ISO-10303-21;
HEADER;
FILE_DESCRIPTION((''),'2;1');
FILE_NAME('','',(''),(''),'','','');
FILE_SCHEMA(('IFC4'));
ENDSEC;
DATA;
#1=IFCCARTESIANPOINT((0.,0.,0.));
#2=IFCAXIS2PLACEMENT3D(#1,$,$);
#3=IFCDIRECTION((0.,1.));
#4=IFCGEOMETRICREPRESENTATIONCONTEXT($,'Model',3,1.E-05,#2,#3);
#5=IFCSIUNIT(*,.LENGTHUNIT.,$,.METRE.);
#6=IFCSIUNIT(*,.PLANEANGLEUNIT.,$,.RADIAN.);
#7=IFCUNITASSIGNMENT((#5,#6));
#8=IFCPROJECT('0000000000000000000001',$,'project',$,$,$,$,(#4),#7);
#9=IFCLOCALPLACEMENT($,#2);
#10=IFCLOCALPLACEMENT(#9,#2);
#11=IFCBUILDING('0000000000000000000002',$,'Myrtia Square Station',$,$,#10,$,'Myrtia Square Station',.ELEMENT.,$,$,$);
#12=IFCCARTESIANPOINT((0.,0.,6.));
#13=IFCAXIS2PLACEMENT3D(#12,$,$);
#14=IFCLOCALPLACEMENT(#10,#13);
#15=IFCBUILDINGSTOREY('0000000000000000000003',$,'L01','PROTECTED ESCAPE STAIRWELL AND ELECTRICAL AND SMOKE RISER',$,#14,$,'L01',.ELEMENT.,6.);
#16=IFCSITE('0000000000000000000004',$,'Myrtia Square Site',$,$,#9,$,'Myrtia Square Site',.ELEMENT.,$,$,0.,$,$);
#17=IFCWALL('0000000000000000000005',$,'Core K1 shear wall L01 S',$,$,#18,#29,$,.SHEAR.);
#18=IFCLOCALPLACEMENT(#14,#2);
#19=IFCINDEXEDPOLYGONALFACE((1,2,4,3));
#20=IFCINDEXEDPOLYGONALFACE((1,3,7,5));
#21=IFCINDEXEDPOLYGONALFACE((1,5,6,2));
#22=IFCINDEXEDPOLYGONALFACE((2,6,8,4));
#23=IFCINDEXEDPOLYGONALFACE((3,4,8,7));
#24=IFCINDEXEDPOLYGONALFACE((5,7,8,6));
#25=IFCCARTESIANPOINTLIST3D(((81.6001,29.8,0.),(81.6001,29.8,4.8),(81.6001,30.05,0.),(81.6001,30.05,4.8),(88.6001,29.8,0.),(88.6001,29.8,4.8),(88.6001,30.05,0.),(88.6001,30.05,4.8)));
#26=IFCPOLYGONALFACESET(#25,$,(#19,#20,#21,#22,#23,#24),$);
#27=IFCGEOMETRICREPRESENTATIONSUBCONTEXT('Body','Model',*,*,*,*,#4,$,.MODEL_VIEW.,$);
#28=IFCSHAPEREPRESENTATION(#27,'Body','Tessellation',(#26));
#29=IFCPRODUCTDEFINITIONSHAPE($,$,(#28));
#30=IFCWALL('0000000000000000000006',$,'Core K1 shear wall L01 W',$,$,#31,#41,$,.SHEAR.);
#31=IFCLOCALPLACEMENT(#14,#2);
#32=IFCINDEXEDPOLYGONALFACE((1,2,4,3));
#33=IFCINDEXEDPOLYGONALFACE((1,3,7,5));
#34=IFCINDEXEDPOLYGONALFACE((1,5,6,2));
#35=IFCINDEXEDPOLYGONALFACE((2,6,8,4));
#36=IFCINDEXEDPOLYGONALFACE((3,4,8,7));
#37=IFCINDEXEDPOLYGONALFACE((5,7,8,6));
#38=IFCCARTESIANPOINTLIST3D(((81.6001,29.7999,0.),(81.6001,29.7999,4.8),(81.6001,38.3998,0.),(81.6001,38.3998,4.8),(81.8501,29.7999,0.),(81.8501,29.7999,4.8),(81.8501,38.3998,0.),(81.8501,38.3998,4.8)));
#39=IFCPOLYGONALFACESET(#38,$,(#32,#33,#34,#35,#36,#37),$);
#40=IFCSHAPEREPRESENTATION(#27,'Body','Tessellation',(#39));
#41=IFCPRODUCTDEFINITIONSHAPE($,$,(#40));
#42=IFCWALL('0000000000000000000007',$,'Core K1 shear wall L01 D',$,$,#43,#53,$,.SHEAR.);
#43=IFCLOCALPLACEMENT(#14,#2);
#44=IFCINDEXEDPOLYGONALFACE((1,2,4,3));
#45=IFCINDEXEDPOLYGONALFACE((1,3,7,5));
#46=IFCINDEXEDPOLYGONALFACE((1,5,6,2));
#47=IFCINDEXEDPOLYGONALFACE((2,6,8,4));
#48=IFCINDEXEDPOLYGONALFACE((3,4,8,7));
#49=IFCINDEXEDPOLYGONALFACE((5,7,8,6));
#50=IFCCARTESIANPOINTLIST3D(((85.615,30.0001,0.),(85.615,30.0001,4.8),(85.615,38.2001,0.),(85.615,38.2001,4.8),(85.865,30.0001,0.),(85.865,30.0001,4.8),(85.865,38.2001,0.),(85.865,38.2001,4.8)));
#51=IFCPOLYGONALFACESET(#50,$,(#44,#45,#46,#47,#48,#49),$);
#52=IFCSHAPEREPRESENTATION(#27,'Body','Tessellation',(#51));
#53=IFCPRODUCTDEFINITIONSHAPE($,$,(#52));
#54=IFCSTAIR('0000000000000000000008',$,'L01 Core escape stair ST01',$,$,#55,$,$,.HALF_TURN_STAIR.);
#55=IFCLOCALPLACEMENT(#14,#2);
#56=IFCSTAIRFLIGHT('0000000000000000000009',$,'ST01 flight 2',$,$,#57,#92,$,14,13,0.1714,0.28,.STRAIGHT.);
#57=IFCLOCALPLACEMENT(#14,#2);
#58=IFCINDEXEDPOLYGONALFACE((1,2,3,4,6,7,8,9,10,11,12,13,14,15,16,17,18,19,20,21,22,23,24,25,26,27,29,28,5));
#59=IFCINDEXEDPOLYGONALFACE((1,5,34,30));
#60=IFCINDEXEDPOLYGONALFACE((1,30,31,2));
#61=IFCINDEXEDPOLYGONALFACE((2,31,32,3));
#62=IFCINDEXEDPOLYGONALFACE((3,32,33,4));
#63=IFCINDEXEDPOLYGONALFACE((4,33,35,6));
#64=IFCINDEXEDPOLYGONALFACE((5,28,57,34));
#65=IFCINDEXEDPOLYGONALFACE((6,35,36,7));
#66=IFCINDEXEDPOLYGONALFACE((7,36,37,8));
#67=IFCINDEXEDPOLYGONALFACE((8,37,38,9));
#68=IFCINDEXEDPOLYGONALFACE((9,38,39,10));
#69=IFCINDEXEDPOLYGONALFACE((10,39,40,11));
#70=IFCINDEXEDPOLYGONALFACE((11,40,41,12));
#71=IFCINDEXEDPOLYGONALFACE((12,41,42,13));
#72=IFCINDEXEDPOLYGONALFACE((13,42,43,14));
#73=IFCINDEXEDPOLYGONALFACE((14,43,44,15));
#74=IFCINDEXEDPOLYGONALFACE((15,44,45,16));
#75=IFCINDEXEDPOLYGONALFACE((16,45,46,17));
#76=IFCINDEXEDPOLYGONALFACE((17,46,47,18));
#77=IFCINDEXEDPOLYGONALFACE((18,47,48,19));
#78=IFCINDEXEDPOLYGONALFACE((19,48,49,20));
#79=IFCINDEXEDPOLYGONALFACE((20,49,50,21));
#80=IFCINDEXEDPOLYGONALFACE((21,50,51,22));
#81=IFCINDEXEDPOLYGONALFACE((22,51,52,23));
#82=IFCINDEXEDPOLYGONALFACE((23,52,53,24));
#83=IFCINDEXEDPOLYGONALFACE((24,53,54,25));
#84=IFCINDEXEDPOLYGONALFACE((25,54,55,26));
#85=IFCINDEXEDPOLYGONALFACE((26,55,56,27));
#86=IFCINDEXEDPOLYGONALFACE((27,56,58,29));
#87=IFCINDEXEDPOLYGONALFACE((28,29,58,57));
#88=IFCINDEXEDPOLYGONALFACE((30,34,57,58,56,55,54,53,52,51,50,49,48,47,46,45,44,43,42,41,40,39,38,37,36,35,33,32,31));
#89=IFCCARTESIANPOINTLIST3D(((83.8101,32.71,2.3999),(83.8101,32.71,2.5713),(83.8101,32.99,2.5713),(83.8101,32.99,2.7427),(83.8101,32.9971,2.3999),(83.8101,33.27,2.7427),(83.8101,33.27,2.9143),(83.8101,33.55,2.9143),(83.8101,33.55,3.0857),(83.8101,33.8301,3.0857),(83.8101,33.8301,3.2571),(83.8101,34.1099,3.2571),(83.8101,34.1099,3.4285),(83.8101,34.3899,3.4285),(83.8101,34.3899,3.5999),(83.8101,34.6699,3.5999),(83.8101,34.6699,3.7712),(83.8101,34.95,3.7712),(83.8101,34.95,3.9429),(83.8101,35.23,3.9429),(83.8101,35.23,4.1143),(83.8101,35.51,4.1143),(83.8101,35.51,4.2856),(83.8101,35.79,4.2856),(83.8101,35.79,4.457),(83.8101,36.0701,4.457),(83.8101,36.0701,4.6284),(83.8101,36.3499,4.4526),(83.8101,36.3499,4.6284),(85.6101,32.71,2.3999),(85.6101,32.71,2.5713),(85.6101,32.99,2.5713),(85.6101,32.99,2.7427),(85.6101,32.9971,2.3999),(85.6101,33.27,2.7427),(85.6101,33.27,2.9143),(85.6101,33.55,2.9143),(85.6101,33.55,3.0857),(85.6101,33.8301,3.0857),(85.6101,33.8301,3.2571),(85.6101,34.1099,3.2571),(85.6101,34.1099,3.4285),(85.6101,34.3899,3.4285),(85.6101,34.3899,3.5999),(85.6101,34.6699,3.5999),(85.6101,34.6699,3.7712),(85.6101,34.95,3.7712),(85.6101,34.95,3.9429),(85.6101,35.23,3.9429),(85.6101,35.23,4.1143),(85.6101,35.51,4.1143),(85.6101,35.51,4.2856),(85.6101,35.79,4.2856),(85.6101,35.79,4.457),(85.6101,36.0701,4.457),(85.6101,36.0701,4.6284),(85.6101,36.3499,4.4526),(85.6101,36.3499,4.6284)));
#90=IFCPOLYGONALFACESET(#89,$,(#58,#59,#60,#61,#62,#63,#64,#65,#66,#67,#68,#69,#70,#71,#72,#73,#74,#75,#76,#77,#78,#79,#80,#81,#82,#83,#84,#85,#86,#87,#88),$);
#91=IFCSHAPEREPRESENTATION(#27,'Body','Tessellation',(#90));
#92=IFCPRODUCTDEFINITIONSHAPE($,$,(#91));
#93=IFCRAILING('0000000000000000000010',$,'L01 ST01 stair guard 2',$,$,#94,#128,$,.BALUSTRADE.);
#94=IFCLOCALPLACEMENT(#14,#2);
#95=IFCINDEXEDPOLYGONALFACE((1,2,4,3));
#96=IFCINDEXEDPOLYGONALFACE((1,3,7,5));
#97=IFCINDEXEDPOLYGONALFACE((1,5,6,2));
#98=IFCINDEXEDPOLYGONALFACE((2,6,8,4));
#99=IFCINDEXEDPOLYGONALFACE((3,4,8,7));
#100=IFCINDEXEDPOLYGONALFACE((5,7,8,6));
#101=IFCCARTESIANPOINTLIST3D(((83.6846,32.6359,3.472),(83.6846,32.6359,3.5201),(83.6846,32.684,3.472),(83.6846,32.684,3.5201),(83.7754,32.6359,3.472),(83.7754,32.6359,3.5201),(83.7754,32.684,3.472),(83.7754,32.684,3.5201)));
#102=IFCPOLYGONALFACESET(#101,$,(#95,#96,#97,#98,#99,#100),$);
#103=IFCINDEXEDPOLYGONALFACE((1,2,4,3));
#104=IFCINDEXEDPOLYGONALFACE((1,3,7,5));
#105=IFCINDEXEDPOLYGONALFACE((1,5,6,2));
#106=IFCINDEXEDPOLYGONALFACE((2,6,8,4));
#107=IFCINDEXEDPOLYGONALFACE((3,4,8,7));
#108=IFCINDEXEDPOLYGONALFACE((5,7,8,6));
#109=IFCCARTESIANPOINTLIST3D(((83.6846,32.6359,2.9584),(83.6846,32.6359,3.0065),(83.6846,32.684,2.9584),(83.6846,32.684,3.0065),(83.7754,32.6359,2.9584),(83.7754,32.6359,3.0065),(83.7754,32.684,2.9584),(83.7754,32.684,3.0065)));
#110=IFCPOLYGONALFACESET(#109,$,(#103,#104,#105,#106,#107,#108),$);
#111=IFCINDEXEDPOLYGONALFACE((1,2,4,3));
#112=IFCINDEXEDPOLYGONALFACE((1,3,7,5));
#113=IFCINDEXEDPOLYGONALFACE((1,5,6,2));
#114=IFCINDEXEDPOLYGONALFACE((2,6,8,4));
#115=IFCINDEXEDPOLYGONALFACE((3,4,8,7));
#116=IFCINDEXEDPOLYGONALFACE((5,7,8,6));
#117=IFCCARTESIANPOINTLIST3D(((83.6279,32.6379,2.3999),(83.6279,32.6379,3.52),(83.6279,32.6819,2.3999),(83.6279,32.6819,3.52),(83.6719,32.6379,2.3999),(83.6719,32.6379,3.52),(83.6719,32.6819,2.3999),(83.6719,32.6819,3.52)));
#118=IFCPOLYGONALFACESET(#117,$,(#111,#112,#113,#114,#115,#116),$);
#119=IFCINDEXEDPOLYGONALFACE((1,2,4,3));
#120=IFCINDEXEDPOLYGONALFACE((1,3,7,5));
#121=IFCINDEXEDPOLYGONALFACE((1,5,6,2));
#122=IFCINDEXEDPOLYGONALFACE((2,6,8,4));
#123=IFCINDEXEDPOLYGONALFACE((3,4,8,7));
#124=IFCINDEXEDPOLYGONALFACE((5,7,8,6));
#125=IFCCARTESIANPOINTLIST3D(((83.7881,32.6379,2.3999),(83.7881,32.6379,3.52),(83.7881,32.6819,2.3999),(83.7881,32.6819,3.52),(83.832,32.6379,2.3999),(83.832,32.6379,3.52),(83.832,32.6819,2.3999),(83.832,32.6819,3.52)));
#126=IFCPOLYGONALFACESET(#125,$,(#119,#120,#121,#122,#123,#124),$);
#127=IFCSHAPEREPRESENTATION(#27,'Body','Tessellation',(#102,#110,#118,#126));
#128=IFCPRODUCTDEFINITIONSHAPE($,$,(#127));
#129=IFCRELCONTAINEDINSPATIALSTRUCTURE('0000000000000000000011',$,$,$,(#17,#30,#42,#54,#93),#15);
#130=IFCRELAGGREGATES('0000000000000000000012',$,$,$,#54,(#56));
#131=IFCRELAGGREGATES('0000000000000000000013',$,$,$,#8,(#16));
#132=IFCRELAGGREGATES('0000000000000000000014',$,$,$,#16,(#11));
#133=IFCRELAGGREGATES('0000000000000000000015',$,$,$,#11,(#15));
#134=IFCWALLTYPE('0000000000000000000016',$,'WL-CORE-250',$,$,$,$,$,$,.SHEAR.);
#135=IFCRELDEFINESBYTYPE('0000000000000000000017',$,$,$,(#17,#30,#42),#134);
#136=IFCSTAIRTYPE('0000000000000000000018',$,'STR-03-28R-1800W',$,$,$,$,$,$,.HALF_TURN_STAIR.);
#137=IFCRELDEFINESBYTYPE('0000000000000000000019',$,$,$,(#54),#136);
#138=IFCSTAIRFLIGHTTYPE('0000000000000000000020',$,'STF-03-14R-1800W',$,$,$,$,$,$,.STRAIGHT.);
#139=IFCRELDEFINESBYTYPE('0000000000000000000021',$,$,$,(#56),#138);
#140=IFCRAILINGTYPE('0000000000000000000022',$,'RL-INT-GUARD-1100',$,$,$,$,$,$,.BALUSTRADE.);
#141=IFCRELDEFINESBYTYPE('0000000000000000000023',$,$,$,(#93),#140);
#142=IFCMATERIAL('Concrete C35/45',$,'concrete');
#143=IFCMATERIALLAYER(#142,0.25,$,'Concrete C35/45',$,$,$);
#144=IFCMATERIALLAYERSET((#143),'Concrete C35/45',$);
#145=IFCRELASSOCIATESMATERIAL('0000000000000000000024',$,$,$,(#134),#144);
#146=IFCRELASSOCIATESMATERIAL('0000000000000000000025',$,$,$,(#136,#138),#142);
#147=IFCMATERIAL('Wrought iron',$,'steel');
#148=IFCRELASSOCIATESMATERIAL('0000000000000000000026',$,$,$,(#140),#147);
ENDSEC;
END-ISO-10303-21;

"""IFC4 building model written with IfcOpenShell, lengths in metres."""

from ifc_helpers import new_model, si_unit, direction, frame, frame_2d, origin, origin_2d, place, context, subcontext, project, spatial, polyline, rectangle, outline, extrude, material, layer, layer_set, type_object, element, aggregate, save


model = new_model("IFC4")

# Units and contexts
model_context = context("Model", 3, precision=1e-05, world=origin(), true_north=direction((0.0, 1.0)))
body_context = subcontext(model_context, "Body", "Model", "MODEL_VIEW")
ifc_project = project(units=[si_unit("LENGTHUNIT", "METRE"), si_unit("PLANEANGLEUNIT", "RADIAN")], contexts=[model_context])

# Site, building, storey
site_placement = place(None, origin())
site = spatial("IfcSite", under=ifc_project, at=site_placement, Name="Myrtia Square Site", LongName="Myrtia Square Site", CompositionType="ELEMENT", RefElevation=0.0)
building_placement = place(site_placement, origin())
building = spatial("IfcBuilding", under=site, at=building_placement, Name="Myrtia Square Station", LongName="Myrtia Square Station", CompositionType="ELEMENT")
storey_placement = place(building_placement, frame((0.0, 0.0, 6.0)))
storey = spatial("IfcBuildingStorey", under=building, at=storey_placement, Name="L01", Description="PROTECTED ESCAPE STAIRWELL AND ELECTRICAL AND SMOKE RISER", LongName="L01", CompositionType="ELEMENT", Elevation=6.0)

# Walls
ifc_material_1 = material(Name="Concrete C35/45", Category="concrete")
ifc_layer_1 = layer(ifc_material_1, 0.25, Name="Concrete C35/45")
ifc_layer_set_1 = layer_set([ifc_layer_1], Name="Concrete C35/45")
wall_type = type_object("IfcWallType", Name="WL-CORE-250", PredefinedType="SHEAR", material=ifc_layer_set_1)
wall_1_placement = place(storey_placement, frame((81.6001, 29.925, 0.0), z_axis=(0.0, 0.0, 1.0), x_axis=(1.0, 0.0, 0.0)))
element("IfcWall", 1, at=wall_1_placement, inside=storey, type_object=wall_type, Name="Core K1 shear wall L01 S", PredefinedType="SHEAR", context=body_context, shape_type="SweptSolid", body=[
    extrude(rectangle(XDim=7.0, YDim=0.25, at=frame_2d((3.5, 0.0))), origin(), (0.0, 0.0, 1.0), 4.8),
])
wall_2_placement = place(storey_placement, frame((81.7251, 29.8, 0.0), z_axis=(0.0, 0.0, 1.0), x_axis=(0.0, 1.0, 0.0)))
element("IfcWall", 2, at=wall_2_placement, inside=storey, type_object=wall_type, Name="Core K1 shear wall L01 W", PredefinedType="SHEAR", context=body_context, shape_type="SweptSolid", body=[
    extrude(rectangle(XDim=8.5999, YDim=0.25, at=frame_2d((4.2998, 0.0))), origin(), (0.0, 0.0, 1.0), 4.8),
])
wall_3_placement = place(storey_placement, frame((85.74, 30.0, 0.0), z_axis=(0.0, 0.0, 1.0), x_axis=(0.0, 1.0, 0.0)))
element("IfcWall", 3, at=wall_3_placement, inside=storey, type_object=wall_type, Name="Core K1 shear wall L01 D", PredefinedType="SHEAR", context=body_context, shape_type="SweptSolid", body=[
    extrude(rectangle(XDim=8.2, YDim=0.25, at=frame_2d((4.1001, 0.0))), origin(), (0.0, 0.0, 1.0), 4.8),
])

# Stair, stair flight
stair_type = type_object("IfcStairType", Name="STR-03-28R-1800W", PredefinedType="HALF_TURN_STAIR", material=ifc_material_1)
stair_placement = place(storey_placement, origin())
stair = element("IfcStair", 4, at=stair_placement, inside=storey, type_object=stair_type, Name="L01 Core escape stair ST01", PredefinedType="HALF_TURN_STAIR")
stair_flight_type = type_object("IfcStairFlightType", Name="STF-03-14R-1800W", PredefinedType="STRAIGHT", material=ifc_material_1)
stair_flight_placement = place(storey_placement, frame((84.71, 32.71, 2.3999), z_axis=(0.0, 0.0, 1.0), x_axis=(0.0, 1.0, 0.0)))
stair_flight = element("IfcStairFlight", 5, at=stair_flight_placement, type_object=stair_flight_type, Name="ST01 flight 2", NumberOfRisers=14, NumberOfTreads=13, PredefinedType="STRAIGHT", RiserHeight=0.1714, TreadLength=0.28, context=body_context, shape_type="SweptSolid", body=[
    extrude(outline(polyline([(0.0, 0.0), (0.0, 0.1714), (0.28, 0.1714), (0.28, 0.3428), (0.5601, 0.3428), (0.5601, 0.5144), (0.8401, 0.5144), (0.8401, 0.6858), (1.1201, 0.6858), (1.1201, 0.8572), (1.3999, 0.8572), (1.3999, 1.0286), (1.6799, 1.0286), (1.6799, 1.2), (1.96, 1.2), (1.96, 1.3713), (2.24, 1.3713), (2.24, 1.543), (2.52, 1.543), (2.52, 1.7144), (2.8, 1.7144), (2.8, 1.8857), (3.0801, 1.8857), (3.0801, 2.0571), (3.3601, 2.0571), (3.3601, 2.2285), (3.6399, 2.2285), (3.6399, 2.3999), (3.6399, 2.0527), (0.2871, 0.0), (0.0, 0.0)])), frame((0.0, 0.8999, 0.0), z_axis=(0.0, -1.0, 0.0), x_axis=(1.0, 0.0, 0.0)), (0.0, 0.0, 1.0), 1.8),
])
aggregate(stair, [stair_flight])

# Railing
ifc_material_2 = material(Name="Wrought iron", Category="steel")
railing_type = type_object("IfcRailingType", Name="RL-INT-GUARD-1100", PredefinedType="BALUSTRADE", material=ifc_material_2)
railing_1_placement = place(storey_placement, frame((83.6499, 32.6599, 2.3999)))
element("IfcRailing", 6, at=railing_1_placement, inside=storey, type_object=railing_type, Name="L01 ST01 stair guard 2", PredefinedType="BALUSTRADE", context=body_context, shape_type="SweptSolid", body=[
    extrude(rectangle(XDim=0.0481, YDim=0.0481, at=origin_2d()), frame((0.0347, 0.0, 1.0962), z_axis=(1.0, 0.0, 0.0), x_axis=(0.0, 1.0, 0.0)), (0.0, 0.0, 1.0), 0.0908),
    extrude(rectangle(XDim=0.0481, YDim=0.0481, at=origin_2d()), frame((0.0347, 0.0, 0.5825), z_axis=(1.0, 0.0, 0.0), x_axis=(0.0, 1.0, 0.0)), (0.0, 0.0, 1.0), 0.0908),
    extrude(rectangle(XDim=0.0439, YDim=0.0439, at=origin_2d()), origin(), (0.0, 0.0, 1.0), 1.1201),
    extrude(rectangle(XDim=0.0439, YDim=0.0439, at=origin_2d()), frame((0.1602, 0.0, 0.0)), (0.0, 0.0, 1.0), 1.1201),
])

save(model, "model.ifc")
